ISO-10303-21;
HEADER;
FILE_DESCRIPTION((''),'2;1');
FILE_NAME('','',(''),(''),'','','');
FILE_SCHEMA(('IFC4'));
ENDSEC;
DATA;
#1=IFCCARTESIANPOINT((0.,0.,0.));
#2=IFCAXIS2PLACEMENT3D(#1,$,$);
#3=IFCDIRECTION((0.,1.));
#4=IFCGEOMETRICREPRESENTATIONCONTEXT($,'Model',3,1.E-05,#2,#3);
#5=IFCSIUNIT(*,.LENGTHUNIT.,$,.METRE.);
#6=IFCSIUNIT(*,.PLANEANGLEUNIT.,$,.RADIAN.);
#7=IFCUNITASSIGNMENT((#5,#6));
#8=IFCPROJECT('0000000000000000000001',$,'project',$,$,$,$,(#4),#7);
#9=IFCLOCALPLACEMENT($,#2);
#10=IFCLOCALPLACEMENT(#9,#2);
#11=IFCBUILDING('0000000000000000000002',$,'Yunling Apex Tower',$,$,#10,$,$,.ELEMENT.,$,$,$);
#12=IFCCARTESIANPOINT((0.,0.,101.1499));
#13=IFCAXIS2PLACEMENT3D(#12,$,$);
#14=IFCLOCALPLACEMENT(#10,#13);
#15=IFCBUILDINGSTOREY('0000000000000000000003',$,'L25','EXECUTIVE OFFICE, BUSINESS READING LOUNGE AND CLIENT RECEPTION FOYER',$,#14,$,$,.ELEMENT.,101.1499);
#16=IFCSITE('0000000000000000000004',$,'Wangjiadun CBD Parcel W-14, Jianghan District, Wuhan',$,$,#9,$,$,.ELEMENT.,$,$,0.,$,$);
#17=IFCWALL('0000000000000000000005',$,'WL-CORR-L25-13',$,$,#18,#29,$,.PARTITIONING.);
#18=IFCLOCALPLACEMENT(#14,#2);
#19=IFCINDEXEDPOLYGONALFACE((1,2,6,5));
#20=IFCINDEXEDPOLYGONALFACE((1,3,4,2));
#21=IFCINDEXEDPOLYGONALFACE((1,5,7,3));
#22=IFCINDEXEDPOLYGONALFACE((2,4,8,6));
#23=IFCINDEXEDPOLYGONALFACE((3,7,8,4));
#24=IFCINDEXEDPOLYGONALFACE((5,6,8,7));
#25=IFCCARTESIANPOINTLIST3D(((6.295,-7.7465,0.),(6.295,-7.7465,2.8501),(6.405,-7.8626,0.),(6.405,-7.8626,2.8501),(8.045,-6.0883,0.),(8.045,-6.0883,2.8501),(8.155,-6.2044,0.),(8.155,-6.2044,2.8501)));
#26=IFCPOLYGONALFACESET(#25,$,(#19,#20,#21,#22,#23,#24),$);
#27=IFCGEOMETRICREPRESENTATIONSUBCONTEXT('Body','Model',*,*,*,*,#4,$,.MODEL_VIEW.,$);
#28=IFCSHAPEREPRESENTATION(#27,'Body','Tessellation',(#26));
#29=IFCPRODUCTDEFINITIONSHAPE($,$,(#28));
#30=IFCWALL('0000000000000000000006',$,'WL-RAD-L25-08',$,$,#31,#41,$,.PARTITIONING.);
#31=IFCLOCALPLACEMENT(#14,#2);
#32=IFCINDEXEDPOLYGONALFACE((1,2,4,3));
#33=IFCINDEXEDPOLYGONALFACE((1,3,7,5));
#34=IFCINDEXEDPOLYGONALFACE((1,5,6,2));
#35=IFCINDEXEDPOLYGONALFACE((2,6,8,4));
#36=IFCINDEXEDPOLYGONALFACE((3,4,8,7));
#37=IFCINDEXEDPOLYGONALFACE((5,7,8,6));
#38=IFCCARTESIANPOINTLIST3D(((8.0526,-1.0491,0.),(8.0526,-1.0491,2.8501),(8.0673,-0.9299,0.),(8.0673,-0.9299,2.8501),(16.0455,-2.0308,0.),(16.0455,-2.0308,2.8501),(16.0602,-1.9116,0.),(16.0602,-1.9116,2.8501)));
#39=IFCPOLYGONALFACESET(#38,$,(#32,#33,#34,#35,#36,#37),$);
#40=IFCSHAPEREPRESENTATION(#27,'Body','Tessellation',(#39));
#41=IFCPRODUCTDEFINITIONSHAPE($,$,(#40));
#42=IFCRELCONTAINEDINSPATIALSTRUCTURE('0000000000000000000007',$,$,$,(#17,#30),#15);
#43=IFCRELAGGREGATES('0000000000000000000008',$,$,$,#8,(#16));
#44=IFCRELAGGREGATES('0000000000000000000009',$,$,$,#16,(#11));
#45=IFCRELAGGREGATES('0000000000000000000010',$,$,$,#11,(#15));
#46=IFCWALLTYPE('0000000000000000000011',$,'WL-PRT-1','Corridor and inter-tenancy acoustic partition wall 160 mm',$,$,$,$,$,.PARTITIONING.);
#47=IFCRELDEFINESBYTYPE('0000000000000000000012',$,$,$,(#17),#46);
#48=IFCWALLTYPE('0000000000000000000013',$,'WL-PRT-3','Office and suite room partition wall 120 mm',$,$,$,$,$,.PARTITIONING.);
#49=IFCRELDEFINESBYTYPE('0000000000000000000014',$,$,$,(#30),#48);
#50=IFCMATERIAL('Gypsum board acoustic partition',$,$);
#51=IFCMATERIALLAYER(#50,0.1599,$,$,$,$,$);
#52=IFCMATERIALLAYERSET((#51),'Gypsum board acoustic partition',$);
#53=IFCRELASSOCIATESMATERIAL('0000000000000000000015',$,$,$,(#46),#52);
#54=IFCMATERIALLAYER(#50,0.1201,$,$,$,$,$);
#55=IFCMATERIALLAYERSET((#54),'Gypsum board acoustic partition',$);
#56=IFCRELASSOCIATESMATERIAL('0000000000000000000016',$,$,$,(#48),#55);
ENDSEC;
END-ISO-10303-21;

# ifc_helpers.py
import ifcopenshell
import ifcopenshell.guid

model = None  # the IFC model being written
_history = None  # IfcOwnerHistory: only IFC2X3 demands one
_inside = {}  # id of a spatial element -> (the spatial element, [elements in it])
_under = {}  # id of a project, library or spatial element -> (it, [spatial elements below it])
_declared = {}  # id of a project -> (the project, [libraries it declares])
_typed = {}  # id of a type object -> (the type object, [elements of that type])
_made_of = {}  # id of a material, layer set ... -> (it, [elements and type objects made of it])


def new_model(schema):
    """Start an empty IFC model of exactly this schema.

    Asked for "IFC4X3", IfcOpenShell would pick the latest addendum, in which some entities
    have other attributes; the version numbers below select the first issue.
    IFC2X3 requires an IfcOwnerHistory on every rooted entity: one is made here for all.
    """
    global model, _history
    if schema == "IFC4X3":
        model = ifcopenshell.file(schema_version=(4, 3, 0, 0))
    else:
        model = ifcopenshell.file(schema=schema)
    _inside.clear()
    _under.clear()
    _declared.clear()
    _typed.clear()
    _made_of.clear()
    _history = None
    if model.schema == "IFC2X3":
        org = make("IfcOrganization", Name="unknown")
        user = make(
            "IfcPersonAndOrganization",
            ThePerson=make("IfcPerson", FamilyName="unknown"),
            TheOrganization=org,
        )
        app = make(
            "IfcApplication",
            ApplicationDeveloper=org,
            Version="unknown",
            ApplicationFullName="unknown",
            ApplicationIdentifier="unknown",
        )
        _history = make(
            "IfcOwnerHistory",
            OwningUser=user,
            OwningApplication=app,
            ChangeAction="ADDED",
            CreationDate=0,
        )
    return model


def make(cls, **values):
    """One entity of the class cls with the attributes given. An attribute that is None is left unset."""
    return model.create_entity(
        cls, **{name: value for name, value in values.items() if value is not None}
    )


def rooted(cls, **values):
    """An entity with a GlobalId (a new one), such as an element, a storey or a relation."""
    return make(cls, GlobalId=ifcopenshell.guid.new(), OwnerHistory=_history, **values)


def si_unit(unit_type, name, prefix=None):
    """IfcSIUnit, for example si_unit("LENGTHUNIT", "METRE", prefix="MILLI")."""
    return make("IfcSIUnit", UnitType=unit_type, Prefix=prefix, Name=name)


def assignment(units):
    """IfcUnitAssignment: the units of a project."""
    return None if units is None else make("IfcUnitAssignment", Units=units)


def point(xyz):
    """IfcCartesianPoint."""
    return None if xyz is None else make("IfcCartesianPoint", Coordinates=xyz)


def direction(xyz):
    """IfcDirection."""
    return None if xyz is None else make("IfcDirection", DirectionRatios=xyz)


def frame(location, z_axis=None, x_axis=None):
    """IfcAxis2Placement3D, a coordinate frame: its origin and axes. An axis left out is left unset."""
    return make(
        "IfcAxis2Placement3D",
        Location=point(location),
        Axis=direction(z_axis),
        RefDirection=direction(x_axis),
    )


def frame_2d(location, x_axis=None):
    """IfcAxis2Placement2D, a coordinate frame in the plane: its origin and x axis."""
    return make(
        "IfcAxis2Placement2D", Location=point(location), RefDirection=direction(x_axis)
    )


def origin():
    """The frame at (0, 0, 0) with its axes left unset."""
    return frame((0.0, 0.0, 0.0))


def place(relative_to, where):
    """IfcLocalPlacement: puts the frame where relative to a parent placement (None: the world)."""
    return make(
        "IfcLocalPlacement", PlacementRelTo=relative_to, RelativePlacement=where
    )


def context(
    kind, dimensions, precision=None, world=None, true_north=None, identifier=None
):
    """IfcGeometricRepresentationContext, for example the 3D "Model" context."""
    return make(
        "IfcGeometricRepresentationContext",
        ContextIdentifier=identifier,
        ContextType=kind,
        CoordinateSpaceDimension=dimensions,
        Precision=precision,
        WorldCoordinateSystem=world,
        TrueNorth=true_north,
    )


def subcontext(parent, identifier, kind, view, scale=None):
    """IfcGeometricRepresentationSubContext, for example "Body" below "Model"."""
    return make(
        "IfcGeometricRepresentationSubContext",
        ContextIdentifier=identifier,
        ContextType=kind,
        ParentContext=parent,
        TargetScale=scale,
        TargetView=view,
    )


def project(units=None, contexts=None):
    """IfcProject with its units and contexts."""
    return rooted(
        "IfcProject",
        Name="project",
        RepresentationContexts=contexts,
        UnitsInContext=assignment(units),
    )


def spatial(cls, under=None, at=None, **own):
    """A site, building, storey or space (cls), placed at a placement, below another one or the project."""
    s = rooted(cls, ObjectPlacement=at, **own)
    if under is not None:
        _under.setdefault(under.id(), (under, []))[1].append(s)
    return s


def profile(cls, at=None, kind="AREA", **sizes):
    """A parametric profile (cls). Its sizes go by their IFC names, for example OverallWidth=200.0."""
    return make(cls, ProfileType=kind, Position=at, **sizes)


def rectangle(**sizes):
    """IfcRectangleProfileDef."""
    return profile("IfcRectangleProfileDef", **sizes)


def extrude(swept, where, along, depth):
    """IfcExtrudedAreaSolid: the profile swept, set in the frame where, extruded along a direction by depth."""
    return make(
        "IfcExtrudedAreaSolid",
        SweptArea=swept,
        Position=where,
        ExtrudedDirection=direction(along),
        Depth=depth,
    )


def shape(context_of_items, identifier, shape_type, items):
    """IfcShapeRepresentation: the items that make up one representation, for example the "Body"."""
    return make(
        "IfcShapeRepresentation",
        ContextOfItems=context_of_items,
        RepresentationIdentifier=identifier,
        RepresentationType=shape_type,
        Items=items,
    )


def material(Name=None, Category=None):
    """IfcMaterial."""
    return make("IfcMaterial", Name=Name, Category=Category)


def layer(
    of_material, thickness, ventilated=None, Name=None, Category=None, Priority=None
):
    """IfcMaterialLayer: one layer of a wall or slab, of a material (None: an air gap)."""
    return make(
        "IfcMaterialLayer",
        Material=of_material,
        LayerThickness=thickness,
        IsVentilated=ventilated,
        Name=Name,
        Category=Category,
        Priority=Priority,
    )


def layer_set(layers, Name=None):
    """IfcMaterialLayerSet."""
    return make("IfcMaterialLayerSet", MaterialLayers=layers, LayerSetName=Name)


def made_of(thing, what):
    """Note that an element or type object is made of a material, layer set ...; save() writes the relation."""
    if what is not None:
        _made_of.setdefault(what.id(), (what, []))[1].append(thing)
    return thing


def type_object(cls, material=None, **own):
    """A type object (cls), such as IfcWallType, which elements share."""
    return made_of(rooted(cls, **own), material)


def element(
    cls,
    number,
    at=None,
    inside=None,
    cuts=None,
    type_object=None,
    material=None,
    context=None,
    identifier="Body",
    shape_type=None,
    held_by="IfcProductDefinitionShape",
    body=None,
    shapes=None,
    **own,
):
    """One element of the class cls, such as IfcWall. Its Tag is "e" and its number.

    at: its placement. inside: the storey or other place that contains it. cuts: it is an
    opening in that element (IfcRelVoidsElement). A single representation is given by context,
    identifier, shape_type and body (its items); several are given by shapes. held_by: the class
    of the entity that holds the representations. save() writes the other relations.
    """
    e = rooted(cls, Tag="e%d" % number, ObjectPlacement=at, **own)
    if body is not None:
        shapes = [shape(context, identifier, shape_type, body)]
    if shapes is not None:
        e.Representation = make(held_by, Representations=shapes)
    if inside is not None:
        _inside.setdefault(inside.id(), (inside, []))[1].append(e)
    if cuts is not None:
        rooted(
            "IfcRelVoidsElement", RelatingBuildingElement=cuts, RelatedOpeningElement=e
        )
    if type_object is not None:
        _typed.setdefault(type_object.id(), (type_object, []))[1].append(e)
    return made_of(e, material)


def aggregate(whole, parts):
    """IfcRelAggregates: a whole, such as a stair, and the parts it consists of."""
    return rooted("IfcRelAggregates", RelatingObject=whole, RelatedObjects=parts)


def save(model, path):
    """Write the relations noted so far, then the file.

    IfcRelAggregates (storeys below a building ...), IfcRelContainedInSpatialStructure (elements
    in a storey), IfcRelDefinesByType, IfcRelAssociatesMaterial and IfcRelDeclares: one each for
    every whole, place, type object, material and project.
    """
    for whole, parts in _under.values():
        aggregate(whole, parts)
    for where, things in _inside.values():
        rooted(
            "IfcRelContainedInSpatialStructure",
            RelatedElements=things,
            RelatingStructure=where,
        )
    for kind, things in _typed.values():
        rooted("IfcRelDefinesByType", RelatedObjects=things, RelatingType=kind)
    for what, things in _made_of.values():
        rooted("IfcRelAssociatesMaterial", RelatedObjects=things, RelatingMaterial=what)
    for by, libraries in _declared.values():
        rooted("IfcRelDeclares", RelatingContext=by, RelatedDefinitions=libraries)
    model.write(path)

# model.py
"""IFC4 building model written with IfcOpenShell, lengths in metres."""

from ifc_helpers import new_model, si_unit, direction, frame, frame_2d, origin, place, context, subcontext, project, spatial, rectangle, extrude, material, layer, layer_set, type_object, element, save


model = new_model("IFC4")

# Units and contexts
model_context = context("Model", 3, precision=1e-05, world=origin(), true_north=direction((0.0, 1.0)))
body_context = subcontext(model_context, "Body", "Model", "MODEL_VIEW")
ifc_project = project(units=[si_unit("LENGTHUNIT", "METRE"), si_unit("PLANEANGLEUNIT", "RADIAN")], contexts=[model_context])

# Site, building, storey
site_placement = place(None, origin())
site = spatial("IfcSite", under=ifc_project, at=site_placement, Name="Wangjiadun CBD Parcel W-14, Jianghan District, Wuhan", CompositionType="ELEMENT", RefElevation=0.0)
building_placement = place(site_placement, origin())
building = spatial("IfcBuilding", under=site, at=building_placement, Name="Yunling Apex Tower", CompositionType="ELEMENT")
storey_placement = place(building_placement, frame((0.0, 0.0, 101.1499)))
storey = spatial("IfcBuildingStorey", under=building, at=storey_placement, Name="L25", Description="EXECUTIVE OFFICE, BUSINESS READING LOUNGE AND CLIENT RECEPTION FOYER", CompositionType="ELEMENT", Elevation=101.1499)

# Walls
ifc_material_1 = material(Name="Gypsum board acoustic partition")
ifc_layer_1 = layer(ifc_material_1, 0.1599)
ifc_layer_set_1 = layer_set([ifc_layer_1], Name="Gypsum board acoustic partition")
wall_type_1 = type_object("IfcWallType", Name="WL-PRT-1", Description="Corridor and inter-tenancy acoustic partition wall 160 mm", PredefinedType="PARTITIONING", material=ifc_layer_set_1)
wall_1_placement = place(storey_placement, frame((8.1001, -6.1462, 0.0), z_axis=(0.0, 0.0, 1.0), x_axis=(-0.725889, -0.687812, 0.0)))
element("IfcWall", 1, at=wall_1_placement, inside=storey, type_object=wall_type_1, Name="WL-CORR-L25-13", PredefinedType="PARTITIONING", context=body_context, shape_type="SweptSolid", body=[
    extrude(rectangle(XDim=2.4109, YDim=0.1599, at=frame_2d((1.2056, 0.0))), origin(), (0.0, 0.0, 1.0), 2.8501),
])
ifc_layer_2 = layer(ifc_material_1, 0.1201)
ifc_layer_set_2 = layer_set([ifc_layer_2], Name="Gypsum board acoustic partition")
wall_type_2 = type_object("IfcWallType", Name="WL-PRT-3", Description="Office and suite room partition wall 120 mm", PredefinedType="PARTITIONING", material=ifc_layer_set_2)
wall_2_placement = place(storey_placement, frame((8.0601, -0.9895, 0.0), z_axis=(0.0, 0.0, 1.0), x_axis=(0.992542, -0.121904, 0.0)))
element("IfcWall", 2, at=wall_2_placement, inside=storey, type_object=wall_type_2, Name="WL-RAD-L25-08", PredefinedType="PARTITIONING", context=body_context, shape_type="SweptSolid", body=[
    extrude(rectangle(XDim=8.053, YDim=0.1201, at=frame_2d((4.0264, 0.0))), origin(), (0.0, 0.0, 1.0), 2.8501),
])

save(model, "model.ifc")
